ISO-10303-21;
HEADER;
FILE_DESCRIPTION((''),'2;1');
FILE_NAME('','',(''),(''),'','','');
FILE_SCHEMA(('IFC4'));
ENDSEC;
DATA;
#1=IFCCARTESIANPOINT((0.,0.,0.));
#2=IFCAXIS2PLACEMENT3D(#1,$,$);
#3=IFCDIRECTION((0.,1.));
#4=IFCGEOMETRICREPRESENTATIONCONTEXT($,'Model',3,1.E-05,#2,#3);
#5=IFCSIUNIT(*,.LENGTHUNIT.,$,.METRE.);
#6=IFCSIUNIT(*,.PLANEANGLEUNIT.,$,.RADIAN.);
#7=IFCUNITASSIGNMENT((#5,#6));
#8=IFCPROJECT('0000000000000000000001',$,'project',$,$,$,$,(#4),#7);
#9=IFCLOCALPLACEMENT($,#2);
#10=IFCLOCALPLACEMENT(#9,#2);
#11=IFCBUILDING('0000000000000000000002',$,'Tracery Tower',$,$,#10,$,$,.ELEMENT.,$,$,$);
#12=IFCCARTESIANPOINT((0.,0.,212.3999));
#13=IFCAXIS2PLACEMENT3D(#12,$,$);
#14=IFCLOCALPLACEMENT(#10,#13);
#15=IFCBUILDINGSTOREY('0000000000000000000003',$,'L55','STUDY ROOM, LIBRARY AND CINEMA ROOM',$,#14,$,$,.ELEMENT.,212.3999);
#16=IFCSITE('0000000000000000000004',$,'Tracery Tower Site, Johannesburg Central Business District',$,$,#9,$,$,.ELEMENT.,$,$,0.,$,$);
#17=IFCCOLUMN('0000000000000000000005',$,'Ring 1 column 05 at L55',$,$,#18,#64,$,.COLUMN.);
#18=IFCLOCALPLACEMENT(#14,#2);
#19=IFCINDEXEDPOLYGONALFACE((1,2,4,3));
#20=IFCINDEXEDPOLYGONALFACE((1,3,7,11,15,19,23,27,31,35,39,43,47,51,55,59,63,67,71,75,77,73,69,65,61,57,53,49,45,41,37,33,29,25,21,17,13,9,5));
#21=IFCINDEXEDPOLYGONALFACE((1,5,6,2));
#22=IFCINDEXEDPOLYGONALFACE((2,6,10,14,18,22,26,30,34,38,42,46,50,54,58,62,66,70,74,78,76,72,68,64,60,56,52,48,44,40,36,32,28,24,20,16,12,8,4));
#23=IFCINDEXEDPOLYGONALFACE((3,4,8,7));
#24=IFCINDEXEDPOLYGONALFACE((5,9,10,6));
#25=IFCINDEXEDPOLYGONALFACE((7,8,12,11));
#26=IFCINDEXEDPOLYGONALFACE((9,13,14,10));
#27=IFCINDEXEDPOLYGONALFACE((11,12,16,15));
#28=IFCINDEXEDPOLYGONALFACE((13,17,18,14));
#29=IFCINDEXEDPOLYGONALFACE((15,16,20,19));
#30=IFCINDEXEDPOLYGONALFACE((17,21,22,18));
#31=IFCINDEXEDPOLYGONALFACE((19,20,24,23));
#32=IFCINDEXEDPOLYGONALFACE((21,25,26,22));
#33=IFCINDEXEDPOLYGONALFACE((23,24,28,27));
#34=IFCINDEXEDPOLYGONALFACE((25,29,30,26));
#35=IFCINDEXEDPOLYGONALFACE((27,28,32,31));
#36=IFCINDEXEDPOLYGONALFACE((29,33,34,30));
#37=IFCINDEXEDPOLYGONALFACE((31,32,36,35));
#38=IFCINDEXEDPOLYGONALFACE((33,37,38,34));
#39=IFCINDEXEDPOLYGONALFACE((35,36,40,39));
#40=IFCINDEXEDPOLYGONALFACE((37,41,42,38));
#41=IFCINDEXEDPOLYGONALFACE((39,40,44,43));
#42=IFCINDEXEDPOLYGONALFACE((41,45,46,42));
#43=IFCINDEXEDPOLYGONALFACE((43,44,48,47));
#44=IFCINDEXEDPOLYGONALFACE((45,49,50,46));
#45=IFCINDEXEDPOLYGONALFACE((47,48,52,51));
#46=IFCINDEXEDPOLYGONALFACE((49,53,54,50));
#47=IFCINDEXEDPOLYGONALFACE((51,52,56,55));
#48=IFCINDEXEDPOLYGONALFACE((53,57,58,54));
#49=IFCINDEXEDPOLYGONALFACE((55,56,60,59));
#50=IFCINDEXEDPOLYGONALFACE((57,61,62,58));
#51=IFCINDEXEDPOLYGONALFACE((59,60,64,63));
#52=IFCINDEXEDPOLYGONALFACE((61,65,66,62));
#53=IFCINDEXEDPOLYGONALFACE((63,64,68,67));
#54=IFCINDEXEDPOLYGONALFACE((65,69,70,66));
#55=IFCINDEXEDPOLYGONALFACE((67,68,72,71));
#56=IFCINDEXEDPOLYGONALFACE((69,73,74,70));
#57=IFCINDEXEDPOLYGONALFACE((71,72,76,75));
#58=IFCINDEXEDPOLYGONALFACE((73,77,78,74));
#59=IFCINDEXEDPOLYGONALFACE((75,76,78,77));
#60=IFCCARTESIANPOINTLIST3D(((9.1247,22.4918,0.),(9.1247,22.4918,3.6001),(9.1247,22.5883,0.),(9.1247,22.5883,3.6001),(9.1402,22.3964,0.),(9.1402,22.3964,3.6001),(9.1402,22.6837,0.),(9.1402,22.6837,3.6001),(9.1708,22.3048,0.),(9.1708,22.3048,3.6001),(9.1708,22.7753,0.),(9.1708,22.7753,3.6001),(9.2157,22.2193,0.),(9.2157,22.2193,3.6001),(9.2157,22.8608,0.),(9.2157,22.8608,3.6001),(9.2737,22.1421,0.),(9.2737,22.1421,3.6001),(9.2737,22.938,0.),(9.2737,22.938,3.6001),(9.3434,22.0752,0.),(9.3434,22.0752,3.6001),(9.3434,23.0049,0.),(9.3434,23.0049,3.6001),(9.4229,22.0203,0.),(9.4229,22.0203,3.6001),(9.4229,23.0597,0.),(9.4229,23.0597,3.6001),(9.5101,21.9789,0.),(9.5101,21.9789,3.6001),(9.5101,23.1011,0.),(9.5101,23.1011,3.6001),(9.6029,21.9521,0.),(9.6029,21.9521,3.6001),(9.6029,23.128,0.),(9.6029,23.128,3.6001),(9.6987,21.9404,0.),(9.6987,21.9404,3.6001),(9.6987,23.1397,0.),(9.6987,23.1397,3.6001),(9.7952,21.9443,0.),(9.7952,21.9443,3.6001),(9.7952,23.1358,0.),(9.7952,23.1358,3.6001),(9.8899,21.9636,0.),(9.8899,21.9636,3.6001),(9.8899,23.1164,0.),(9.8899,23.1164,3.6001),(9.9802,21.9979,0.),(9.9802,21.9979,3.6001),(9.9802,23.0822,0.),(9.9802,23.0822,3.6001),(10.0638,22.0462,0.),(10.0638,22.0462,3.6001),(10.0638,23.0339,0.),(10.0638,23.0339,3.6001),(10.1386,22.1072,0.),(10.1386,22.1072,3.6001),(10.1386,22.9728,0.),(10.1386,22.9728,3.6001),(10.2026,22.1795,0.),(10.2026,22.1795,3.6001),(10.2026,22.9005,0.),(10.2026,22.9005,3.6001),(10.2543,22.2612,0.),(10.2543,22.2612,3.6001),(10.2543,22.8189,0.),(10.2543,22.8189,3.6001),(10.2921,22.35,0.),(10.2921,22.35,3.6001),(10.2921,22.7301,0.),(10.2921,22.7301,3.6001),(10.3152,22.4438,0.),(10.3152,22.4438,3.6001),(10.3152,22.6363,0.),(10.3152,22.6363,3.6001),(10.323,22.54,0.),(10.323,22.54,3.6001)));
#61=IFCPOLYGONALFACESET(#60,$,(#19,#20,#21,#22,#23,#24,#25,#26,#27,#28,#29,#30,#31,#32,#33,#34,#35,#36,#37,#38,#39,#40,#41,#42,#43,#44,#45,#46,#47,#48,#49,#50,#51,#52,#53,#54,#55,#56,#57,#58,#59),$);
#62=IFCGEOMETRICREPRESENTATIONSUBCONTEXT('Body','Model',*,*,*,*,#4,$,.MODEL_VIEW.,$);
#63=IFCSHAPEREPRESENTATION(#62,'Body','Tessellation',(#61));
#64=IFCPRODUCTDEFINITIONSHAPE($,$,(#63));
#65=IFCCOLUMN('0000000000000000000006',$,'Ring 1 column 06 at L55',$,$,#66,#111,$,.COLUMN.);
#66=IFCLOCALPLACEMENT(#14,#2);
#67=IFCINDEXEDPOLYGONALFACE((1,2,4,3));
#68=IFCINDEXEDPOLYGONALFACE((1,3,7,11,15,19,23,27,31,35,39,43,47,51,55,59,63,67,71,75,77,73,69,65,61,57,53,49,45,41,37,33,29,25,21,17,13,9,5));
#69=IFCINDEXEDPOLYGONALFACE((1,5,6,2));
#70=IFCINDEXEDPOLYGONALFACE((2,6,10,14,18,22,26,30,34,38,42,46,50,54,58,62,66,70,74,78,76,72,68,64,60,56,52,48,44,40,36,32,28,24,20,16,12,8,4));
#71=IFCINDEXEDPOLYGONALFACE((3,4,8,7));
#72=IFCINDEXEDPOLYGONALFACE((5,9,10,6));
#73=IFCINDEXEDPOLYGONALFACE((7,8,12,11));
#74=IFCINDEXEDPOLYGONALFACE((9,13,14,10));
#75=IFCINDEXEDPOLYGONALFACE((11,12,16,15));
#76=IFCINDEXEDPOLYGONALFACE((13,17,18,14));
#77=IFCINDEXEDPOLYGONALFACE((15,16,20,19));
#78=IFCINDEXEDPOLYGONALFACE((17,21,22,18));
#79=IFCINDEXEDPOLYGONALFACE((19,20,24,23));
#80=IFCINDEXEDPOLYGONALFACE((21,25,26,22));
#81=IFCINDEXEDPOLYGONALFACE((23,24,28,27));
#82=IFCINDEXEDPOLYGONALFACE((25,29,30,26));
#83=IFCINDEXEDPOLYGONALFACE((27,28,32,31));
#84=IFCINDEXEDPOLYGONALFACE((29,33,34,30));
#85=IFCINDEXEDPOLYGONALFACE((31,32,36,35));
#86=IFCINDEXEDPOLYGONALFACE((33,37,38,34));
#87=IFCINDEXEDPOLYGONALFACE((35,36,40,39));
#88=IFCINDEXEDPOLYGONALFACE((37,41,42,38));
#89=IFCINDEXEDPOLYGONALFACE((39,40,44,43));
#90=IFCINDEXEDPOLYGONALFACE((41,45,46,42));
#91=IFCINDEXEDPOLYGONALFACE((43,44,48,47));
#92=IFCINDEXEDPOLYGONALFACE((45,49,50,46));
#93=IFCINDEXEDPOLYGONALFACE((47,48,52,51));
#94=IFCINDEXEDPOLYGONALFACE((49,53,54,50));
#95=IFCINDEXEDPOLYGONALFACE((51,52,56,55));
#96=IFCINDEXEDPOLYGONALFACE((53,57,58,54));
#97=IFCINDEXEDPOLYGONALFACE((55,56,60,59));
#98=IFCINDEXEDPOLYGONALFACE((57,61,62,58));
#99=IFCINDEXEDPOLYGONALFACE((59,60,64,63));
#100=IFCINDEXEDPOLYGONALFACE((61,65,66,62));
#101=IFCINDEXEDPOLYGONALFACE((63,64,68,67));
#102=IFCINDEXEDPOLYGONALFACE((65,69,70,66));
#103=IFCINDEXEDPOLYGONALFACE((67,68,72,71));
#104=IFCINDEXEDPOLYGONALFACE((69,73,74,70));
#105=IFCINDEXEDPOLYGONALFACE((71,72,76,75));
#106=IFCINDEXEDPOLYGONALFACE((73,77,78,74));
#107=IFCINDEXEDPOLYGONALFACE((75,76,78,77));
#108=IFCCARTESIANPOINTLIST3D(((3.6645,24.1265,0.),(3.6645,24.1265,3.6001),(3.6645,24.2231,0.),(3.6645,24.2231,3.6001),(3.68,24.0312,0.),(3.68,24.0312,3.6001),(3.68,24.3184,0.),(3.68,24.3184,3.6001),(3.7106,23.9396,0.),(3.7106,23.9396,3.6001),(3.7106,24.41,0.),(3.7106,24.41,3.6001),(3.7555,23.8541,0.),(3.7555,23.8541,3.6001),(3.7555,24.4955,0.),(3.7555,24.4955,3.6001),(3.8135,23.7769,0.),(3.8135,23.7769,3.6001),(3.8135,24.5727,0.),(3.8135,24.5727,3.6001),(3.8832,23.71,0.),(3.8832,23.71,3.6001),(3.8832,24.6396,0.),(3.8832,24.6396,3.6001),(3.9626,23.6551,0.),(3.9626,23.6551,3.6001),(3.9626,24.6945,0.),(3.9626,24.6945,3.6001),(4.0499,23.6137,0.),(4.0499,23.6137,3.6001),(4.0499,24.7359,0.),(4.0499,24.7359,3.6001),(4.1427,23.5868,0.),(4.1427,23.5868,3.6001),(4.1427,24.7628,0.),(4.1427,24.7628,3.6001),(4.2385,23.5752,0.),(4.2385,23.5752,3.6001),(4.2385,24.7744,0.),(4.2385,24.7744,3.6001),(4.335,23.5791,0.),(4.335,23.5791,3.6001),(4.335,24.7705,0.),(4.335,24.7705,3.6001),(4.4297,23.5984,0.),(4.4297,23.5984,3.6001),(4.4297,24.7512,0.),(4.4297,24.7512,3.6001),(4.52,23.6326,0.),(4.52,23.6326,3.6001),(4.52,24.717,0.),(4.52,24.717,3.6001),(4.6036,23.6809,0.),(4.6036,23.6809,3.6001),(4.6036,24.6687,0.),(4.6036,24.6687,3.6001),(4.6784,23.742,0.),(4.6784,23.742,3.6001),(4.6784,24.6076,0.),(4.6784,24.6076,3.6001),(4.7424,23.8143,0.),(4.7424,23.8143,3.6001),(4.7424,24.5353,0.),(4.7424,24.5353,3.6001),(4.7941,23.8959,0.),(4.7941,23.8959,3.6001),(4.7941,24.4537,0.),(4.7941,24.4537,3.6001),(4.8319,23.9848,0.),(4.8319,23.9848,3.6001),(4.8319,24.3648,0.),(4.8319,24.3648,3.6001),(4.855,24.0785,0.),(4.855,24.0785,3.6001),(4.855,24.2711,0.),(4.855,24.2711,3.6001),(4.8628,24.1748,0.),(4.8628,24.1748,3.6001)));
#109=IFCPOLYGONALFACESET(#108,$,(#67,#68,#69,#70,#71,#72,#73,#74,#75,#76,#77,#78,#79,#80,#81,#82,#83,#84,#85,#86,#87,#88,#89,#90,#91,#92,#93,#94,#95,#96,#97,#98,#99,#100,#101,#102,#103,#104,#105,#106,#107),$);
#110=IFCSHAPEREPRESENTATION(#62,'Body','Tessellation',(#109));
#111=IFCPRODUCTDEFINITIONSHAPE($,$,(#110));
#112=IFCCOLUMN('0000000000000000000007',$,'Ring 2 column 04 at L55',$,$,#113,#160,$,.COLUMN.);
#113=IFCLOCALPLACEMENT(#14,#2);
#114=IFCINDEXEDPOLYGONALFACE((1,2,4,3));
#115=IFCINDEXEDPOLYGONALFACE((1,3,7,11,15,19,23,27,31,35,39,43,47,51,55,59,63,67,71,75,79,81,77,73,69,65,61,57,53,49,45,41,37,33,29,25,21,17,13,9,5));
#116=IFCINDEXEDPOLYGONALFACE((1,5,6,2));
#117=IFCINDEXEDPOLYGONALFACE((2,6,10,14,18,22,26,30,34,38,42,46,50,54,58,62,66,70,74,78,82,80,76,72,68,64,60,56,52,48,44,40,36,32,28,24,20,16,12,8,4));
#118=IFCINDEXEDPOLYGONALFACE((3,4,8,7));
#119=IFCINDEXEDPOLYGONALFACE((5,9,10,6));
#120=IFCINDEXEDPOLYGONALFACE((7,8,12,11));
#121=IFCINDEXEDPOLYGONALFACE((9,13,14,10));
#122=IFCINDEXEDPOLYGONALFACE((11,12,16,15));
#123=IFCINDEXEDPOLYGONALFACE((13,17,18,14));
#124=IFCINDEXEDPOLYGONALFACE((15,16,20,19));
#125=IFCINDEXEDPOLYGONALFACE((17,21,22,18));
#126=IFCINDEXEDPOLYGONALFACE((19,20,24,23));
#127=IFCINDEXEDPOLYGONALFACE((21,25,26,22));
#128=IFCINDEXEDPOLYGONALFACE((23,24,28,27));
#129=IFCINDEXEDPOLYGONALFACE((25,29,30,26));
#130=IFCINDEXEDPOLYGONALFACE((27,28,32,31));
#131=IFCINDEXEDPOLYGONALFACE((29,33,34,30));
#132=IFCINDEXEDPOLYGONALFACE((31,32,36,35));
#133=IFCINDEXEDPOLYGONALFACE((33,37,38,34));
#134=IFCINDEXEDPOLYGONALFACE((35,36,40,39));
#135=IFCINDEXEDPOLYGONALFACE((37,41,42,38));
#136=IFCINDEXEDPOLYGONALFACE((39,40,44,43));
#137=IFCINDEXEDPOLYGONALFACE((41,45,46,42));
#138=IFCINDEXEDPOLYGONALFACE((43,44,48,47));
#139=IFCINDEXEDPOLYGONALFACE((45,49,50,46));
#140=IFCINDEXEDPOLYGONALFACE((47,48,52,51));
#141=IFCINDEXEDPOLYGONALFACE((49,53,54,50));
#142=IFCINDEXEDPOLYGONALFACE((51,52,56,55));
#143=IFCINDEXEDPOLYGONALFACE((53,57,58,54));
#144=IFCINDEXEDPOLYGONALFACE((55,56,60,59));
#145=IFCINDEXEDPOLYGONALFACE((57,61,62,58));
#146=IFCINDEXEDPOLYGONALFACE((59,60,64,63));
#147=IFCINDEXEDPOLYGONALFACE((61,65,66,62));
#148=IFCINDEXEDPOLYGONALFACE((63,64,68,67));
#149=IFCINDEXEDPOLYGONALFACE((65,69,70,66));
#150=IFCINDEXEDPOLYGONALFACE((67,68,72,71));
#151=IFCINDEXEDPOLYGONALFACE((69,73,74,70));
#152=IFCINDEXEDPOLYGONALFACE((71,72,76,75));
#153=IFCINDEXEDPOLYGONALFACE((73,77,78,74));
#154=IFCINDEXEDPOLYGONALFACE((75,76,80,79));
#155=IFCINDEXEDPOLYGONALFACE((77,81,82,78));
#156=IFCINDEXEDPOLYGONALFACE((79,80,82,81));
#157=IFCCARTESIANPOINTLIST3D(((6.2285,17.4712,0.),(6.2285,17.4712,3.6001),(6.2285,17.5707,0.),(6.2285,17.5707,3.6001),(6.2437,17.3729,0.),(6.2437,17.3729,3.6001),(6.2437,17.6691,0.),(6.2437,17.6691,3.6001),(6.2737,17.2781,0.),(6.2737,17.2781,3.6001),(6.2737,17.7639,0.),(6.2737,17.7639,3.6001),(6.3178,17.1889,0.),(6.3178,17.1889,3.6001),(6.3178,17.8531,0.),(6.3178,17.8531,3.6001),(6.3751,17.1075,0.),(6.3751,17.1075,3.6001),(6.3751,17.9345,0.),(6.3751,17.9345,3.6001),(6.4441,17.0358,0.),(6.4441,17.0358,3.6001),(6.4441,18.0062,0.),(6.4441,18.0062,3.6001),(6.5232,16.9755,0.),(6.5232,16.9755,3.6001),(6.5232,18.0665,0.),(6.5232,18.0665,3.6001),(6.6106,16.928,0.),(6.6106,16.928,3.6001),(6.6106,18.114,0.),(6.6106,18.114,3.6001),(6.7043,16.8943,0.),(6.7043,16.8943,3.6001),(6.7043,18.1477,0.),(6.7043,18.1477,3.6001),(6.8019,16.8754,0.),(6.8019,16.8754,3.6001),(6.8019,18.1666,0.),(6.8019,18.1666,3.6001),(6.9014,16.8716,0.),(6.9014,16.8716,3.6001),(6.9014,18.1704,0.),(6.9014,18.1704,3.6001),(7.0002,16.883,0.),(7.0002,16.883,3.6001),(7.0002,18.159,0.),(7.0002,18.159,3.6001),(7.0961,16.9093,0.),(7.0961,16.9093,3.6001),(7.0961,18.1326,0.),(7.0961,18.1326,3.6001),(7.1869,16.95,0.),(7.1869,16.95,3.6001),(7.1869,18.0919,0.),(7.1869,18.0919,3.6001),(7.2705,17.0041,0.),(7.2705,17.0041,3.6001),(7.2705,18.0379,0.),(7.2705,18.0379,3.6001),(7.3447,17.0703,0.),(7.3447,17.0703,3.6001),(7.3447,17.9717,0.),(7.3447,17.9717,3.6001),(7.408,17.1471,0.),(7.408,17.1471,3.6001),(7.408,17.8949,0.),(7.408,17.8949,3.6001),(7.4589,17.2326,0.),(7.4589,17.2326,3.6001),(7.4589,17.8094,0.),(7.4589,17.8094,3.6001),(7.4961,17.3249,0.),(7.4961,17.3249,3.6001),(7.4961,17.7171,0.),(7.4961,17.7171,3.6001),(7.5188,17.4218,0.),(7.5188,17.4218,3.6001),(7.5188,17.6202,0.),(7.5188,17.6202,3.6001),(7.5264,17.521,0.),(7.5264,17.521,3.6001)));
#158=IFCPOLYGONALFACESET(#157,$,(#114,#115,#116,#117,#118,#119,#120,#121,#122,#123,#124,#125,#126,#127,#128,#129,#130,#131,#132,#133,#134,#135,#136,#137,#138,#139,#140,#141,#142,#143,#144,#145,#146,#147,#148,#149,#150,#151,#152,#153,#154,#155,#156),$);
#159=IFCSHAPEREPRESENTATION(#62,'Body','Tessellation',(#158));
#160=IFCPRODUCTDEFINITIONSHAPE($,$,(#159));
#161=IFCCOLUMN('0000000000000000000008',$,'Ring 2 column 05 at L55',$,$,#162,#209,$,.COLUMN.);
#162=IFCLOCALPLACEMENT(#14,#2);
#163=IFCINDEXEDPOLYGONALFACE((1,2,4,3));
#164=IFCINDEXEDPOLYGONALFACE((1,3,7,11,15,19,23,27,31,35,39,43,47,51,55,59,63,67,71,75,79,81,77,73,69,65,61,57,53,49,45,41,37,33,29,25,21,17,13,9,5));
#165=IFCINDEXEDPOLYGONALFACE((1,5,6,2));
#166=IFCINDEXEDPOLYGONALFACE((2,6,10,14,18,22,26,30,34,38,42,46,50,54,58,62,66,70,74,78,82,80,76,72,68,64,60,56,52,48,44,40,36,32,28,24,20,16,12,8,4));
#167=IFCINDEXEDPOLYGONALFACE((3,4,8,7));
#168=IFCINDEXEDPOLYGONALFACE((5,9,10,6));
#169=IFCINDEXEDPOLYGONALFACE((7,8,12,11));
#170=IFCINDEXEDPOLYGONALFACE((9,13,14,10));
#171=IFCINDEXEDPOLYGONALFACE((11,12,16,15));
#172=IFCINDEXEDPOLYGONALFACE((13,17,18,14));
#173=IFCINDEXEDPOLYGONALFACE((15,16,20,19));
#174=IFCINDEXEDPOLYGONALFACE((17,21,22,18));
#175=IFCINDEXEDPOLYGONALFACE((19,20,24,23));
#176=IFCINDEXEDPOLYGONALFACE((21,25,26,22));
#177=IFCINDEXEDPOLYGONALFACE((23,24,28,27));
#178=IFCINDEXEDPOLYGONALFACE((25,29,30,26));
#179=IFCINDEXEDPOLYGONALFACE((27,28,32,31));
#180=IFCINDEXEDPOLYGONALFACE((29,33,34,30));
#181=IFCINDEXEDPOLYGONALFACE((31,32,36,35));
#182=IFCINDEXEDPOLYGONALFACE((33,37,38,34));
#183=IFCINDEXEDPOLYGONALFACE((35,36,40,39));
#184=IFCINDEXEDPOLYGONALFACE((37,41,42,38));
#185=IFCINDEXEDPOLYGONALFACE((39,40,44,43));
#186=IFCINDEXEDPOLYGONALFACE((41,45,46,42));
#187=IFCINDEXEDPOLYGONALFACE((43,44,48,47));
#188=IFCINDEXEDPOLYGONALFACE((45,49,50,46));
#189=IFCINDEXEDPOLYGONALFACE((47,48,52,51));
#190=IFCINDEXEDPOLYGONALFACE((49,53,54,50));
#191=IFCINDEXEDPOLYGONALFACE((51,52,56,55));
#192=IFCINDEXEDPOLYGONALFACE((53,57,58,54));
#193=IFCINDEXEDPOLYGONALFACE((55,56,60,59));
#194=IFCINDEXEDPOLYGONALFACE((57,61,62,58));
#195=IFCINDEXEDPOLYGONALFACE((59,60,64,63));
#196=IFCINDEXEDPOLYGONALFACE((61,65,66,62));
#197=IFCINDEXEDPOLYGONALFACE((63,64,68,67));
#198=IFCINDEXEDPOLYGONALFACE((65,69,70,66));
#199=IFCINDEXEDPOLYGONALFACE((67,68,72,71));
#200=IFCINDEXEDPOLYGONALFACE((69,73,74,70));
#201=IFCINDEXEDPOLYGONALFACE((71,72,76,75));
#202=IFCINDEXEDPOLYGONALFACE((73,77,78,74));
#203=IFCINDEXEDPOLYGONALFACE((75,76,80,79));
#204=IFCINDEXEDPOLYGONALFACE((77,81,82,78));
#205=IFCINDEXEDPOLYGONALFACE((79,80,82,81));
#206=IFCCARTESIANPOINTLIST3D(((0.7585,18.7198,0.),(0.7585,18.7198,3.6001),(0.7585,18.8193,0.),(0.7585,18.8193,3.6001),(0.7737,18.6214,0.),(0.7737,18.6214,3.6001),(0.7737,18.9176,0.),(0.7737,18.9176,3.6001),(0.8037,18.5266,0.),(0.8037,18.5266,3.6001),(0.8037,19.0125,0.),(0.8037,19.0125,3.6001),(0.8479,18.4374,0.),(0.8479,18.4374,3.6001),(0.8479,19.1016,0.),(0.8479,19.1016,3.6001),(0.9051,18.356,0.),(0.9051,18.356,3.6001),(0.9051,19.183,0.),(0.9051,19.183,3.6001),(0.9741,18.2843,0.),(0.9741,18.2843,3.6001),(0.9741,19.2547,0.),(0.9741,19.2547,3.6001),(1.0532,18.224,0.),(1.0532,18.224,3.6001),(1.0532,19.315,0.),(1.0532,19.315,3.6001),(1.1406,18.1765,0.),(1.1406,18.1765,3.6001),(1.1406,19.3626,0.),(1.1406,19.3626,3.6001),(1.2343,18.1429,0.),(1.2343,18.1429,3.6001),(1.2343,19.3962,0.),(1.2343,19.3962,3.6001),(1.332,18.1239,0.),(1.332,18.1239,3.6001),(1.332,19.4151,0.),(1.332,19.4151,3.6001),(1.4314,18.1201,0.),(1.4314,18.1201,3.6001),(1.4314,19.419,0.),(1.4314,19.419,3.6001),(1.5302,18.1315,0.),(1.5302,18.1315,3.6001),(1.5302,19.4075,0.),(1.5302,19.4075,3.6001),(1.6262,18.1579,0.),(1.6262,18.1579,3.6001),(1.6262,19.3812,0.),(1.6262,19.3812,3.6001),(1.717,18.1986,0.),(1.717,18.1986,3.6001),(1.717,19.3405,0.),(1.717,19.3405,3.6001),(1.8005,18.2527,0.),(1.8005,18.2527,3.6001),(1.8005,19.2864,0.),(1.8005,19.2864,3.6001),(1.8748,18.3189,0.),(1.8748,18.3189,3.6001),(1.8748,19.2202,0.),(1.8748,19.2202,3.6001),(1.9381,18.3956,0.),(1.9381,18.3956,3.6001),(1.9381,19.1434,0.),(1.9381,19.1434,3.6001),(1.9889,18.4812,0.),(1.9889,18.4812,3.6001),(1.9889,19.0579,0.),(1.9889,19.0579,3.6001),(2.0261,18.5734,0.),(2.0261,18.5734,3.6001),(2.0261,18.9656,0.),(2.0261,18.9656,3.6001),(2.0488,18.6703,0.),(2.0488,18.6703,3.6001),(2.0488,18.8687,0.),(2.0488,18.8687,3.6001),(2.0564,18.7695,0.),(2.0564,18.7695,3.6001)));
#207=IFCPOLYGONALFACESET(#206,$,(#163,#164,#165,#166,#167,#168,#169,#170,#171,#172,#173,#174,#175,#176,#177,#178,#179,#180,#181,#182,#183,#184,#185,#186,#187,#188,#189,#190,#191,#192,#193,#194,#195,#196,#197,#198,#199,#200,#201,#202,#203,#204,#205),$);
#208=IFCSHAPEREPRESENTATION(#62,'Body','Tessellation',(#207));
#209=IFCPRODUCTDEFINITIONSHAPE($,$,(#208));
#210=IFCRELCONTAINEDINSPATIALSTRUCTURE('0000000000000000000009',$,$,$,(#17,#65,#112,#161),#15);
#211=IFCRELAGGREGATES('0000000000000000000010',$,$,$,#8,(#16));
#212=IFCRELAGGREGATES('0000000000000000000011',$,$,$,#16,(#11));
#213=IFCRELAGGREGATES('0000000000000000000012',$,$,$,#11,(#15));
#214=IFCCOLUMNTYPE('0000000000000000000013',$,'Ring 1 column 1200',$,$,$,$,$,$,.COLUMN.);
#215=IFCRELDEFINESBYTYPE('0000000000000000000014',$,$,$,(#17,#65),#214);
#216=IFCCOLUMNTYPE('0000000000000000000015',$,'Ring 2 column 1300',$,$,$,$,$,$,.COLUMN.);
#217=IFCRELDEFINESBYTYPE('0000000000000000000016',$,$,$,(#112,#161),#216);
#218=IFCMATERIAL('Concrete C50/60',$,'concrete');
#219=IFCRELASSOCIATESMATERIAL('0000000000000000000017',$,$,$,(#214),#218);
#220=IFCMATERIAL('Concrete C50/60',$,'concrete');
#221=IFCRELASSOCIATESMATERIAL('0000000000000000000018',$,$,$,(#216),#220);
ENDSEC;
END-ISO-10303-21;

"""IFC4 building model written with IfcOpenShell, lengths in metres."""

from ifc_helpers import new_model, si_unit, direction, frame, origin, origin_2d, place, context, subcontext, project, spatial, circle, extrude, material, material_profile, profile_set, type_object, element, save


model = new_model("IFC4")

# Units and contexts
model_context = context("Model", 3, precision=1e-05, world=origin(), true_north=direction((0.0, 1.0)))
body_context = subcontext(model_context, "Body", "Model", "MODEL_VIEW")
ifc_project = project(units=[si_unit("LENGTHUNIT", "METRE"), si_unit("PLANEANGLEUNIT", "RADIAN")], contexts=[model_context])

# Site, building, storey
site_placement = place(None, origin())
site = spatial("IfcSite", under=ifc_project, at=site_placement, Name="Tracery Tower Site, Johannesburg Central Business District", CompositionType="ELEMENT", RefElevation=0.0)
building_placement = place(site_placement, origin())
building = spatial("IfcBuilding", under=site, at=building_placement, Name="Tracery Tower", CompositionType="ELEMENT")
storey_placement = place(building_placement, frame((0.0, 0.0, 212.3999)))
storey = spatial("IfcBuildingStorey", under=building, at=storey_placement, Name="L55", Description="STUDY ROOM, LIBRARY AND CINEMA ROOM", CompositionType="ELEMENT", Elevation=212.3999)

# Columns
ifc_material_1 = material(Name="Concrete C50/60", Category="concrete")
ifc_material_profile_1 = material_profile(ifc_material_1, circle(Radius=0.6001, at=origin_2d()), Name="RC D1200")
ifc_profile_set_1 = profile_set([ifc_material_profile_1], Name="Concrete C50/60")
column_type_1 = type_object("IfcColumnType", Name="Ring 1 column 1200", PredefinedType="COLUMN", material=ifc_profile_set_1)
for number, where, z_axis, x_axis, name in (
    (1, (9.7229, 22.54, 0.0), (0.0, 0.0, 1.0), (1.0, 0.0, 0.0), "Ring 1 column 05 at L55"),
    (2, (4.2627, 24.1748, 0.0), (0.0, 0.0, 1.0), (1.0, 0.0, 0.0), "Ring 1 column 06 at L55"),
):
    element("IfcColumn", number, at=place(storey_placement, frame(where, z_axis=z_axis, x_axis=x_axis)), inside=storey, type_object=column_type_1, Name=name, PredefinedType="COLUMN", context=body_context, shape_type="SweptSolid", body=[
        extrude(circle(Radius=0.6001, at=origin_2d()), origin(), (0.0, 0.0, 1.0), 3.6001),
    ])
ifc_material_2 = material(Name="Concrete C50/60", Category="concrete")
ifc_material_profile_2 = material_profile(ifc_material_2, circle(Radius=0.6499, at=origin_2d()), Name="RC D1300")
ifc_profile_set_2 = profile_set([ifc_material_profile_2], Name="Concrete C50/60")
column_type_2 = type_object("IfcColumnType", Name="Ring 2 column 1300", PredefinedType="COLUMN", material=ifc_profile_set_2)
for number, where, z_axis, x_axis, name in (
    (3, (6.8765, 17.521, 0.0), (0.0, 0.0, 1.0), (1.0, 0.0, 0.0), "Ring 2 column 04 at L55"),
    (4, (1.4065, 18.7695, 0.0), (0.0, 0.0, 1.0), (1.0, 0.0, 0.0), "Ring 2 column 05 at L55"),
):
    element("IfcColumn", number, at=place(storey_placement, frame(where, z_axis=z_axis, x_axis=x_axis)), inside=storey, type_object=column_type_2, Name=name, PredefinedType="COLUMN", context=body_context, shape_type="SweptSolid", body=[
        extrude(circle(Radius=0.6499, at=origin_2d()), origin(), (0.0, 0.0, 1.0), 3.6001),
    ])

save(model, "model.ifc")
